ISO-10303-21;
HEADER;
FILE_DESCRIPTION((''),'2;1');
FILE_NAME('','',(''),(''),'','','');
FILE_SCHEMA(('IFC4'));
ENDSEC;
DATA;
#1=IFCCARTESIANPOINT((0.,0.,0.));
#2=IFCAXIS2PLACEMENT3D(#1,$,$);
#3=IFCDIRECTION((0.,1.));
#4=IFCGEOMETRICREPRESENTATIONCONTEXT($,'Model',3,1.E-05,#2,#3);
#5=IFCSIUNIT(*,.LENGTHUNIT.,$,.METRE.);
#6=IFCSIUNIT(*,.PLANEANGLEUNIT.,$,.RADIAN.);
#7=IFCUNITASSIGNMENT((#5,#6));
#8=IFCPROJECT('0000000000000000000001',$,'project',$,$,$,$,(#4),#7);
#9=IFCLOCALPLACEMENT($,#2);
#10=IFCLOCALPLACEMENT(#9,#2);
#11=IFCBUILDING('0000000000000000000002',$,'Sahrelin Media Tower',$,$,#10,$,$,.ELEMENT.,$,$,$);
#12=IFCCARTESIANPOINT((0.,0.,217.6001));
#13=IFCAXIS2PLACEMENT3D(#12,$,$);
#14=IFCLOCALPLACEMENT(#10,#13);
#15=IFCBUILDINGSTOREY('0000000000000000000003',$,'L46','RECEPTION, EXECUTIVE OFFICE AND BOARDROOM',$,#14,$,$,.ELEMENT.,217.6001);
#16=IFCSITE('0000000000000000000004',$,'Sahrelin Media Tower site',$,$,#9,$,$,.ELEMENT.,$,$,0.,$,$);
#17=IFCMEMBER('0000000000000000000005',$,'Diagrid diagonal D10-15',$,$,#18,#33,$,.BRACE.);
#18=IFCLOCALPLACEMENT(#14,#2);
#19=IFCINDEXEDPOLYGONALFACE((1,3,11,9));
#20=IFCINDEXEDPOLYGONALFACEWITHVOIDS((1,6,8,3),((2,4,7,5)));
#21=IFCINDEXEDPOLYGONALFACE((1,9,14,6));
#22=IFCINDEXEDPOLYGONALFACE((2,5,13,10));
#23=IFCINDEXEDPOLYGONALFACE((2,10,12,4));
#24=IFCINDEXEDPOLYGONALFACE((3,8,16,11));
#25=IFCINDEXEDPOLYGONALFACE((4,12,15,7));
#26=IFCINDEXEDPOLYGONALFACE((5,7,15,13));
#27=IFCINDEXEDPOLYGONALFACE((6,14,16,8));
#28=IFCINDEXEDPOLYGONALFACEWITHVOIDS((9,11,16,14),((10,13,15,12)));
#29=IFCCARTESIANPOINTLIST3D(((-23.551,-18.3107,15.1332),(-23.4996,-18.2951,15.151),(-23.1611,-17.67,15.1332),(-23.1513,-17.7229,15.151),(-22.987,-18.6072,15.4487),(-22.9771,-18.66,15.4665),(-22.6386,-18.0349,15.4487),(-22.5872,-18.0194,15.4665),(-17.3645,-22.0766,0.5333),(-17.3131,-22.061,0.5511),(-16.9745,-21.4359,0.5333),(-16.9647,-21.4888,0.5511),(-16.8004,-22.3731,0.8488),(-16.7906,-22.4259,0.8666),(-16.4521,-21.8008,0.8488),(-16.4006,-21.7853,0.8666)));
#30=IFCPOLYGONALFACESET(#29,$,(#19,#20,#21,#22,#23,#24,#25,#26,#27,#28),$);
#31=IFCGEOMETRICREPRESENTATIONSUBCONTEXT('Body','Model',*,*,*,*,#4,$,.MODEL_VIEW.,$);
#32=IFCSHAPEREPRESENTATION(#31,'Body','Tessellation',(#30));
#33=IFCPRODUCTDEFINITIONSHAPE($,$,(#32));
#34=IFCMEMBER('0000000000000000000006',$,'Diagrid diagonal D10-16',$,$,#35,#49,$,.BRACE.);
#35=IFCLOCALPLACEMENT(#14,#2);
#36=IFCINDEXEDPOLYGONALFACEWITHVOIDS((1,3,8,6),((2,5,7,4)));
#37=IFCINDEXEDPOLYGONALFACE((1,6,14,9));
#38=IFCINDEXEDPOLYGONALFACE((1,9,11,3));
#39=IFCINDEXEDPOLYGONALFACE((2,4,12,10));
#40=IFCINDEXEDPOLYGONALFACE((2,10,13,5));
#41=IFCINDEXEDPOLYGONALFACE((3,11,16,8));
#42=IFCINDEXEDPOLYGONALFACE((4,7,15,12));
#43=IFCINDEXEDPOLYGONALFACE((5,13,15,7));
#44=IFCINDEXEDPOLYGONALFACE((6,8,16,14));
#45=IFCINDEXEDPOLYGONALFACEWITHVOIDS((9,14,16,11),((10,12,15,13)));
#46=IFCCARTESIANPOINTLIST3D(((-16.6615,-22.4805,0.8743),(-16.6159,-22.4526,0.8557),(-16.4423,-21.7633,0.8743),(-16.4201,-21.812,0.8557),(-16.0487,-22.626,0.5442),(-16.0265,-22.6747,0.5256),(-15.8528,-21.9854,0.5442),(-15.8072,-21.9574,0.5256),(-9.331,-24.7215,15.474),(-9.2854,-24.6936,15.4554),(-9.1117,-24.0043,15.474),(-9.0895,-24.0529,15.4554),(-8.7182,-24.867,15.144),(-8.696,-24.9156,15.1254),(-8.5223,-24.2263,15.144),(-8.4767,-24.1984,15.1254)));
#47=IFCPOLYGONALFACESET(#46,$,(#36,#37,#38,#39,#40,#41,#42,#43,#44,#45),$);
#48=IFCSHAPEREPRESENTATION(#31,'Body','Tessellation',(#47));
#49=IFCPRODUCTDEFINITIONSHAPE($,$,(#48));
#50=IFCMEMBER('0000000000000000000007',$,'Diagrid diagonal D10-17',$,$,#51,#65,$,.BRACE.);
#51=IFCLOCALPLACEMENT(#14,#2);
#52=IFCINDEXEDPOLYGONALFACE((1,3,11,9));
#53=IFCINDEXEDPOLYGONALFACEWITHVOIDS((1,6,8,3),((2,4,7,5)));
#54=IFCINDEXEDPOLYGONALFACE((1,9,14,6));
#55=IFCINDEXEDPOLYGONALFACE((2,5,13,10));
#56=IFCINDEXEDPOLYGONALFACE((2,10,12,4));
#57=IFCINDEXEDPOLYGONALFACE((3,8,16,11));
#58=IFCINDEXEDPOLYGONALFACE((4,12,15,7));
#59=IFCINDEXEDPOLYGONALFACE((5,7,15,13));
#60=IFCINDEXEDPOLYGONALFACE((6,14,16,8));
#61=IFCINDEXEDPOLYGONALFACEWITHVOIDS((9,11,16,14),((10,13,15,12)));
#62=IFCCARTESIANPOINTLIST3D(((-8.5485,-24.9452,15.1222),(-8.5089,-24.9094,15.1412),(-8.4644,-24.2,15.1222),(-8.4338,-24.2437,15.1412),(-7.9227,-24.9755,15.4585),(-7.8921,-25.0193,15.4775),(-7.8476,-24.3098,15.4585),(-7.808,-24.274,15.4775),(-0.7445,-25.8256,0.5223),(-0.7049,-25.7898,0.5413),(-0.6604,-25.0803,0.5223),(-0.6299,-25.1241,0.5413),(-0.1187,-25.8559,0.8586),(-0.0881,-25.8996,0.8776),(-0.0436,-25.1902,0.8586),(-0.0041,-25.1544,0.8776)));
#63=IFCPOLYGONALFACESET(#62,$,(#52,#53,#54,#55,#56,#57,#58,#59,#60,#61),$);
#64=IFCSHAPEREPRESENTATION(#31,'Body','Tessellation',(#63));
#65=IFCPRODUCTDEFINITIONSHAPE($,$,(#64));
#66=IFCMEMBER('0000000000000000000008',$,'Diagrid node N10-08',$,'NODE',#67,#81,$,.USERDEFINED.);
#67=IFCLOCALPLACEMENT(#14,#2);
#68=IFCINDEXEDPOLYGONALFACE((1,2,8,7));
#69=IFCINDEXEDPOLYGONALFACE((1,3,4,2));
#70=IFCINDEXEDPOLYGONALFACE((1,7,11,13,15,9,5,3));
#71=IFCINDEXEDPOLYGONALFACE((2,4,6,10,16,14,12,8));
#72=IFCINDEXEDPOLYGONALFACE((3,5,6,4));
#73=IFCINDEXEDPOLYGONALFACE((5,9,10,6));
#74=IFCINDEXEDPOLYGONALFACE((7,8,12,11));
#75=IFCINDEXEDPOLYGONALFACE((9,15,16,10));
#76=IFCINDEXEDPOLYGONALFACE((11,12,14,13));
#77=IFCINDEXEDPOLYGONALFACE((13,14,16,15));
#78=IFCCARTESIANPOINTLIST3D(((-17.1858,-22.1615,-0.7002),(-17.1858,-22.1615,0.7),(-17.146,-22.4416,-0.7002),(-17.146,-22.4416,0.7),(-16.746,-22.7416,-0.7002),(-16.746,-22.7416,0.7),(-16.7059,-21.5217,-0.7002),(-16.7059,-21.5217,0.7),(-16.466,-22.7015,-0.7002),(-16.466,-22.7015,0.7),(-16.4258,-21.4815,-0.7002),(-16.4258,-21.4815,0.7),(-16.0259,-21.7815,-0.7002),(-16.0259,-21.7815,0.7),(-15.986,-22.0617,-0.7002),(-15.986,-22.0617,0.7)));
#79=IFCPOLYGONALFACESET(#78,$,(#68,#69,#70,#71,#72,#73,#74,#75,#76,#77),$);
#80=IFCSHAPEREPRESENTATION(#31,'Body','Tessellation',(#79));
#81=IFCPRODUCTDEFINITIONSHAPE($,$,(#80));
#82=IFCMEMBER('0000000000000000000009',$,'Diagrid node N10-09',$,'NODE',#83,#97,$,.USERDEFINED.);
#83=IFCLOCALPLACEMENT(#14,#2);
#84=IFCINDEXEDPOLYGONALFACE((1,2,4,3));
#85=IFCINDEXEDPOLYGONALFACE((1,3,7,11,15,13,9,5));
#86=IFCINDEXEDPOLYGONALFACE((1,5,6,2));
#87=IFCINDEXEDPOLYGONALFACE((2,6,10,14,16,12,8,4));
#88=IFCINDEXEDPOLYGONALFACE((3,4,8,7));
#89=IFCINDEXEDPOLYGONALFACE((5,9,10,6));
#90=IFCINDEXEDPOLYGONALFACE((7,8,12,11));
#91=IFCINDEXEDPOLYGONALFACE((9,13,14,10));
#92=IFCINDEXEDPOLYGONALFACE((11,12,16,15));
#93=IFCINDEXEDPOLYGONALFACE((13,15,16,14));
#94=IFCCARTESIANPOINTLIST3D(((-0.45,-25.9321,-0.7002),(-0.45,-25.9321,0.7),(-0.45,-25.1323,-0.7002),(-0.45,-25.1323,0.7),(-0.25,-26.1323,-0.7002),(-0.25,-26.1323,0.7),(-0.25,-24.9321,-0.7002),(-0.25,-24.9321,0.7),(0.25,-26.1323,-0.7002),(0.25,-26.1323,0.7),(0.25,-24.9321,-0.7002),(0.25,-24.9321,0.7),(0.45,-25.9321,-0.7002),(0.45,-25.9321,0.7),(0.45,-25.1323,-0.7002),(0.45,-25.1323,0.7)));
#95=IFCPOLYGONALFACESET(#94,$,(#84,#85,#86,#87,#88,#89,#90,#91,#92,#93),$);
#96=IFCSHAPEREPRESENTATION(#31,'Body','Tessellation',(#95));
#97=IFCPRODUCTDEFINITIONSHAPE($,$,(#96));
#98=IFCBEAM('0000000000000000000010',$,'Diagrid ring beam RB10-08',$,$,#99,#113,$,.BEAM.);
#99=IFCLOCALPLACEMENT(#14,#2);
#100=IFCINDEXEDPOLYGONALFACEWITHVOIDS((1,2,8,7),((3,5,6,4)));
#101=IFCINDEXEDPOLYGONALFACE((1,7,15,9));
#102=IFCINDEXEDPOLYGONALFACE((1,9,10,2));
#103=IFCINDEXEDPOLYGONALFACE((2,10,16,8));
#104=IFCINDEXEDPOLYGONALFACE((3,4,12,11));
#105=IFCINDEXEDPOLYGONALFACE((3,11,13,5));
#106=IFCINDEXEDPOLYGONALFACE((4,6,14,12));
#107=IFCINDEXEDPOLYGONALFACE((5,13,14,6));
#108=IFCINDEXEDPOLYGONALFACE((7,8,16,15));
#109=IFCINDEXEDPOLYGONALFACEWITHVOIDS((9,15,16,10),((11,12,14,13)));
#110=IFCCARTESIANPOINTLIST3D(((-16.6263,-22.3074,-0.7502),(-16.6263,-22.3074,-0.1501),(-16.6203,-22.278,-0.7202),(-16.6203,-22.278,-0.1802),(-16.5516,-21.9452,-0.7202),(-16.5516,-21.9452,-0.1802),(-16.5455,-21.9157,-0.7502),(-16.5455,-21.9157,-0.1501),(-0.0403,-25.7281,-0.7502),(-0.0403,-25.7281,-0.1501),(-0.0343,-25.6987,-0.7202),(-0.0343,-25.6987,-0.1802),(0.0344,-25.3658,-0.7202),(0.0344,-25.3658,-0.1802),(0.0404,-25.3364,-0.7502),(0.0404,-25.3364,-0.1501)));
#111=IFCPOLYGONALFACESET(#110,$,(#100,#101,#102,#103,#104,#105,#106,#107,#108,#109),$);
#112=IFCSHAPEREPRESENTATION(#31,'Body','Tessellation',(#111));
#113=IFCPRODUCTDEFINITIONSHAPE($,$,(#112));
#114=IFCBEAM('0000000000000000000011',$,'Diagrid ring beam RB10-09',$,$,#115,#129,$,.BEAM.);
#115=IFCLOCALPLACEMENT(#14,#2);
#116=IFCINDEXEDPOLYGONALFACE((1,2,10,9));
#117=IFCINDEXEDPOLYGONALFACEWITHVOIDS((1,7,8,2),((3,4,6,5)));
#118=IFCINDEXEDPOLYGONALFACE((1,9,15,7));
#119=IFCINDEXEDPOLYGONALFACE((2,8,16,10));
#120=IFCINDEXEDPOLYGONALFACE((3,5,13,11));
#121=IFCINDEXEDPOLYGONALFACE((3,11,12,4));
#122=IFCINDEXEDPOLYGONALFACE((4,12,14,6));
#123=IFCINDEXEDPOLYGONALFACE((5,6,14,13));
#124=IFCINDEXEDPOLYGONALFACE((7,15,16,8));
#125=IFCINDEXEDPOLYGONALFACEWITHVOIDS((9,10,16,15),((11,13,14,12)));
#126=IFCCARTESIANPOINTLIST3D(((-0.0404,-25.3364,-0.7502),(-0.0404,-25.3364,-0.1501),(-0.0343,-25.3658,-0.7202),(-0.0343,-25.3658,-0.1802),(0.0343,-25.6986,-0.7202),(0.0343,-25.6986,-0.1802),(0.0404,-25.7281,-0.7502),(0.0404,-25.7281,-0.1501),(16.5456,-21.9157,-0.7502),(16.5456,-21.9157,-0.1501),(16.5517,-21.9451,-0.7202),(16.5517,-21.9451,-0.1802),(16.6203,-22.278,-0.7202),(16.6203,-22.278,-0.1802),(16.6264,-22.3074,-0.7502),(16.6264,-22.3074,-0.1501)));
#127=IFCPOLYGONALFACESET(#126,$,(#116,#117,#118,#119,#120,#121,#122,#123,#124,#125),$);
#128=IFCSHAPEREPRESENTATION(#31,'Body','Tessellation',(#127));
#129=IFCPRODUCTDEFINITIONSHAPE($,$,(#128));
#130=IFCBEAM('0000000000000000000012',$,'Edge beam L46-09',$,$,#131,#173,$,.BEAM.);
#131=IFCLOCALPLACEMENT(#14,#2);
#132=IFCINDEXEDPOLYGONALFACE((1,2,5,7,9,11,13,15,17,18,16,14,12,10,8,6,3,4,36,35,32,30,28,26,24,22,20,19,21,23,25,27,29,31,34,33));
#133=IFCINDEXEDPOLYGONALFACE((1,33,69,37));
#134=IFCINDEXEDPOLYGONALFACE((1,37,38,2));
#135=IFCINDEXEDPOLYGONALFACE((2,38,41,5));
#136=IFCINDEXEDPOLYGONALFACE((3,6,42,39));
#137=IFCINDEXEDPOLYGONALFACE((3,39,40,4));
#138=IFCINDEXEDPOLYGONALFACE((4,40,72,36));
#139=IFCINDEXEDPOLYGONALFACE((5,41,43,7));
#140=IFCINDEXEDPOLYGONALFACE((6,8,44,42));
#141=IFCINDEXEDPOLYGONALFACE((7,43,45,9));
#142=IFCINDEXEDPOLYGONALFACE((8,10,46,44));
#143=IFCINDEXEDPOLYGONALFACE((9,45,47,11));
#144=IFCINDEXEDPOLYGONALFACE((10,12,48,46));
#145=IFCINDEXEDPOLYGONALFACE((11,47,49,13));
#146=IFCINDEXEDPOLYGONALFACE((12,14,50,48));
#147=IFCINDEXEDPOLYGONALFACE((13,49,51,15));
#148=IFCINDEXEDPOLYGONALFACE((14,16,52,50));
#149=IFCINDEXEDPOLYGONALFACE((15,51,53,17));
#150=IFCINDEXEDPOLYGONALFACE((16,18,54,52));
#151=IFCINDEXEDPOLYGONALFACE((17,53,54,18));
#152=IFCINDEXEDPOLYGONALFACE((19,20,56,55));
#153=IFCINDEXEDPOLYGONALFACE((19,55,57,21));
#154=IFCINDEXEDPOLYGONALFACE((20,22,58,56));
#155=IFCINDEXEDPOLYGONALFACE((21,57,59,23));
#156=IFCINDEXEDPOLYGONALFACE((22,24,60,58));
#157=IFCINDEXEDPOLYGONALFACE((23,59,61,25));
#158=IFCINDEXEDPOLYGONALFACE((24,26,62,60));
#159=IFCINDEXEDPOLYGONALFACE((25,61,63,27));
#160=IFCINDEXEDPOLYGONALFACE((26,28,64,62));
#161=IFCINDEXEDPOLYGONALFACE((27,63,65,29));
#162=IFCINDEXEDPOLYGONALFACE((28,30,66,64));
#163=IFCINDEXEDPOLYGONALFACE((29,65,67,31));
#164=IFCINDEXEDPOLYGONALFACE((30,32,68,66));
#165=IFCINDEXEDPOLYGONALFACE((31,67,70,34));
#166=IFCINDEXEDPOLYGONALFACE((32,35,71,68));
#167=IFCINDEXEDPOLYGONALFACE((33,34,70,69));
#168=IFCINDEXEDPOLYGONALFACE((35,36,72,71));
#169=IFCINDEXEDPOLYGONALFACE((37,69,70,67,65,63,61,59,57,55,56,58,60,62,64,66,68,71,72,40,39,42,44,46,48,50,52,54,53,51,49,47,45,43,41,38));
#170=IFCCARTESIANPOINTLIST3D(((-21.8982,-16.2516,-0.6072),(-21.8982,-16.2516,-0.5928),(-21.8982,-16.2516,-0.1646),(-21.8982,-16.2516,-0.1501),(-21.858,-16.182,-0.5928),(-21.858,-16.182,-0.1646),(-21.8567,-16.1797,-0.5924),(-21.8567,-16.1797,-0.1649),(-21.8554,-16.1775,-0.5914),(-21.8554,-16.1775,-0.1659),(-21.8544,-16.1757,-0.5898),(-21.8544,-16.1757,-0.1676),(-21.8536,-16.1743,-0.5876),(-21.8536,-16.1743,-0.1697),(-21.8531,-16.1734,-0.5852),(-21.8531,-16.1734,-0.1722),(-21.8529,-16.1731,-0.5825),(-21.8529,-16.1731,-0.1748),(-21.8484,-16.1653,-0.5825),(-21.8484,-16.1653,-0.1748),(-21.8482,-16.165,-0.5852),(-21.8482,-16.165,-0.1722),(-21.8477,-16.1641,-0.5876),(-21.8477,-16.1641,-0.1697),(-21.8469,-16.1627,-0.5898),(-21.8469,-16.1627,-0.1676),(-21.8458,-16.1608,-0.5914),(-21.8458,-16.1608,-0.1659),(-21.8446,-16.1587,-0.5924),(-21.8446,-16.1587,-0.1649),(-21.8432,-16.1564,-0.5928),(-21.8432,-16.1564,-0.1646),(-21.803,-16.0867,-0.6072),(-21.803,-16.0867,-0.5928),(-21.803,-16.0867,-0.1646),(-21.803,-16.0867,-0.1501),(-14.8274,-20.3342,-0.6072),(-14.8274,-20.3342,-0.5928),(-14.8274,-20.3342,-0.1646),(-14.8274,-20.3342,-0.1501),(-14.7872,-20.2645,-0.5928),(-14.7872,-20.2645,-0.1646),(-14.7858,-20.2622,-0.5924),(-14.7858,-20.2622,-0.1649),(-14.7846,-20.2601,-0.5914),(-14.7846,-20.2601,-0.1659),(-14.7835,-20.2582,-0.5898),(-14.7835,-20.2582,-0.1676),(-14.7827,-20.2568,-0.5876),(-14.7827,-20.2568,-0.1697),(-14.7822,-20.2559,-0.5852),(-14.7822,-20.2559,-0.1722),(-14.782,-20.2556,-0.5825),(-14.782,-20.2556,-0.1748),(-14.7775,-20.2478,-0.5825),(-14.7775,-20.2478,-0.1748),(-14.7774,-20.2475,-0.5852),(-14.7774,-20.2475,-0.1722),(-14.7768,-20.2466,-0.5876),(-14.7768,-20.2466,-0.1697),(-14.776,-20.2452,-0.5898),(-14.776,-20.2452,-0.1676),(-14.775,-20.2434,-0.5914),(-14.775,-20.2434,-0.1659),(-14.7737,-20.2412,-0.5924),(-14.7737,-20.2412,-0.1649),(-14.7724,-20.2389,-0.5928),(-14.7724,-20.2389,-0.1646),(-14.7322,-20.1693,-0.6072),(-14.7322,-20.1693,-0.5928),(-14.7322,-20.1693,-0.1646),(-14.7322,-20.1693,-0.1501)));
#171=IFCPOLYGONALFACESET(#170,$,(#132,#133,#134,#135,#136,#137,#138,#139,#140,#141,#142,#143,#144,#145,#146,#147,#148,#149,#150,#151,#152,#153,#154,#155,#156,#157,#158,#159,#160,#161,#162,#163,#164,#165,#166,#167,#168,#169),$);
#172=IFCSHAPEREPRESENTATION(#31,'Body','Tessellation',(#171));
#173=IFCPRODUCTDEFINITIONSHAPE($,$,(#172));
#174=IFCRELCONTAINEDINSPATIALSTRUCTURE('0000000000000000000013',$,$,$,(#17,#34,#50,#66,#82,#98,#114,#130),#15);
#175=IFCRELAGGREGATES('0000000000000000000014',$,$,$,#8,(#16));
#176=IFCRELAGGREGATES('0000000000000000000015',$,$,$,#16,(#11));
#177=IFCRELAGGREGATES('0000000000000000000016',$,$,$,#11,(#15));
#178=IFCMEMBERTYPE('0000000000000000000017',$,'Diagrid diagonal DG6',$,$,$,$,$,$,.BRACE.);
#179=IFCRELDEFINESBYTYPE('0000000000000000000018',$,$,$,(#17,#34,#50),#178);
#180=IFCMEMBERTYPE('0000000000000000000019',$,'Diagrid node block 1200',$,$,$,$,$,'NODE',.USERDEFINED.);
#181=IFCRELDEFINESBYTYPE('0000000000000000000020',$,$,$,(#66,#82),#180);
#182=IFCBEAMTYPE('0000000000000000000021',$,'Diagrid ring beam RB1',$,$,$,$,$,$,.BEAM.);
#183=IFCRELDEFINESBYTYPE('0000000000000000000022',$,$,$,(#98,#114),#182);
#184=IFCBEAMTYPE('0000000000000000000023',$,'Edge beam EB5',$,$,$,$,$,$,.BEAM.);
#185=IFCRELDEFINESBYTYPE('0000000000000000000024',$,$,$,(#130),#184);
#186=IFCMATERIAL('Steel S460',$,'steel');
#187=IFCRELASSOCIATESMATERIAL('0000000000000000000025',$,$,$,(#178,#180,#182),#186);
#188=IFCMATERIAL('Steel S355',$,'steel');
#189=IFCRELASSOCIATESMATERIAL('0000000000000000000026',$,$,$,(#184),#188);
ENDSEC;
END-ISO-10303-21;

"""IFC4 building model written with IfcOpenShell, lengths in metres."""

from ifc_helpers import new_model, si_unit, direction, frame, origin, origin_2d, place, context, subcontext, project, spatial, polyline, hollow_rectangle, i_section, outline, extrude, material, material_profile, profile_set, type_object, element, save


model = new_model("IFC4")

# Units and contexts
model_context = context("Model", 3, precision=1e-05, world=origin(), true_north=direction((0.0, 1.0)))
body_context = subcontext(model_context, "Body", "Model", "MODEL_VIEW")
ifc_project = project(units=[si_unit("LENGTHUNIT", "METRE"), si_unit("PLANEANGLEUNIT", "RADIAN")], contexts=[model_context])

# Site, building, storey
site_placement = place(None, origin())
site = spatial("IfcSite", under=ifc_project, at=site_placement, Name="Sahrelin Media Tower site", CompositionType="ELEMENT", RefElevation=0.0)
building_placement = place(site_placement, origin())
building = spatial("IfcBuilding", under=site, at=building_placement, Name="Sahrelin Media Tower", CompositionType="ELEMENT")
storey_placement = place(building_placement, frame((0.0, 0.0, 217.6001)))
storey = spatial("IfcBuildingStorey", under=building, at=storey_placement, Name="L46", Description="RECEPTION, EXECUTIVE OFFICE AND BOARDROOM", CompositionType="ELEMENT", Elevation=217.6001)

# Members
ifc_material_1 = material(Name="Steel S460", Category="steel")
ifc_material_profile_1 = material_profile(ifc_material_1, hollow_rectangle(XDim=0.75, YDim=0.75, WallThickness=0.04, at=origin_2d()), Name="Diagrid diagonal DG6")
ifc_profile_set_1 = profile_set([ifc_material_profile_1], Name="Steel S460")
member_type_1 = type_object("IfcMemberType", Name="Diagrid diagonal DG6", PredefinedType="BRACE", material=ifc_profile_set_1)
member_1_placement = place(storey_placement, frame((-16.8826, -21.9309, 0.7), z_axis=(-0.379598, 0.231069, 0.89583), x_axis=(-0.519963, -0.854189, 0.0)))
element("IfcMember", 1, at=member_1_placement, inside=storey, type_object=member_type_1, Name="Diagrid diagonal D10-15", PredefinedType="BRACE", context=body_context, shape_type="SweptSolid", body=[
    extrude(hollow_rectangle(XDim=0.75, YDim=0.75, WallThickness=0.04, at=origin_2d()), origin(), (0.0, 0.0, 1.0), 16.2976),
])
member_2_placement = place(storey_placement, frame((-16.2344, -22.219, 0.7), z_axis=(0.44455, -0.1359, 0.885385), x_axis=(0.292346, 0.956312, 0.0)))
element("IfcMember", 2, at=member_2_placement, inside=storey, type_object=member_type_1, Name="Diagrid diagonal D10-16", PredefinedType="BRACE", context=body_context, shape_type="SweptSolid", body=[
    extrude(hollow_rectangle(XDim=0.75, YDim=0.75, WallThickness=0.04, at=origin_2d()), origin(), (0.0, 0.0, 1.0), 16.4897),
])
member_3_placement = place(storey_placement, frame((-0.3743, -25.49, 0.7), z_axis=(-0.47074, 0.053105, 0.880673), x_axis=(-0.1121, -0.993697, 0.0)))
element("IfcMember", 3, at=member_3_placement, inside=storey, type_object=member_type_1, Name="Diagrid diagonal D10-17", PredefinedType="BRACE", context=body_context, shape_type="SweptSolid", body=[
    extrude(hollow_rectangle(XDim=0.75, YDim=0.75, WallThickness=0.04, at=origin_2d()), origin(), (0.0, 0.0, 1.0), 16.5781),
])
ifc_material_profile_2 = material_profile(ifc_material_1, outline(polyline([(0.3999, -0.45), (0.6001, -0.25), (0.6001, 0.25), (0.3999, 0.45), (-0.3999, 0.45), (-0.6001, 0.25), (-0.6001, -0.25), (-0.3999, -0.45), (0.3999, -0.45)])), Name="Diagrid node block 1200")
ifc_profile_set_2 = profile_set([ifc_material_profile_2], Name="Steel S460")
member_type_2 = type_object("IfcMemberType", Name="Diagrid node block 1200", ElementType="NODE", PredefinedType="USERDEFINED", material=ifc_profile_set_2)
for number, where, z_axis, x_axis, name in (
    (4, (-16.5859, -22.1116, -0.7002), (0.0, 0.0, 1.0), (-0.600053, -0.79996, 0.0), "Diagrid node N10-08"),
    (5, (0.0, -25.5322, -0.7002), (0.0, 0.0, 1.0), (0.0, -1.0, 0.0), "Diagrid node N10-09"),
):
    element("IfcMember", number, at=place(storey_placement, frame(where, z_axis=z_axis, x_axis=x_axis)), inside=storey, type_object=member_type_2, Name=name, ObjectType="NODE", PredefinedType="USERDEFINED", context=body_context, shape_type="SweptSolid", body=[
        extrude(outline(polyline([(0.3999, -0.45), (0.6001, -0.25), (0.6001, 0.25), (0.3999, 0.45), (-0.3999, 0.45), (-0.6001, 0.25), (-0.6001, -0.25), (-0.3999, -0.45), (0.3999, -0.45)])), origin(), (0.0, 0.0, 1.0), 1.4001),
    ])

# Beams
ifc_material_profile_3 = material_profile(ifc_material_1, hollow_rectangle(XDim=0.3999, YDim=0.6001, WallThickness=0.03, at=origin_2d()), Name="Diagrid ring beam RB1")
ifc_profile_set_3 = profile_set([ifc_material_profile_3], Name="Steel S460")
beam_type_1 = type_object("IfcBeamType", Name="Diagrid ring beam RB1", PredefinedType="BEAM", material=ifc_profile_set_3)
for number, where, z_axis, x_axis, name in (
    (6, (-16.5859, -22.1116, -0.4502), (0.979388, -0.201987, 0.0), (0.201987, 0.979388, 0.0), "Diagrid ring beam RB10-08"),
    (7, (0.0, -25.5322, -0.4502), (0.979388, 0.201987, 0.0), (-0.201987, 0.979388, 0.0), "Diagrid ring beam RB10-09"),
):
    element("IfcBeam", number, at=place(storey_placement, frame(where, z_axis=z_axis, x_axis=x_axis)), inside=storey, type_object=beam_type_1, Name=name, PredefinedType="BEAM", context=body_context, shape_type="SweptSolid", body=[
        extrude(hollow_rectangle(XDim=0.3999, YDim=0.6001, WallThickness=0.03, at=origin_2d()), origin(), (0.0, 0.0, 1.0), 16.9351),
    ])
ifc_material_2 = material(Name="Steel S355", Category="steel")
ifc_material_profile_4 = material_profile(ifc_material_2, i_section(OverallWidth=0.1904, OverallDepth=0.457, WebThickness=0.009, FlangeThickness=0.0144, FilletRadius=0.0103, at=origin_2d()), Name="UB 457x191x74")
ifc_profile_set_4 = profile_set([ifc_material_profile_4], Name="Steel S355")
beam_type_2 = type_object("IfcBeamType", Name="Edge beam EB5", PredefinedType="BEAM", material=ifc_profile_set_4)
beam_1_placement = place(storey_placement, frame((-14.7798, -20.2517, -0.3787), z_axis=(-0.866015, 0.500018, 0.0), x_axis=(-0.500018, -0.866015, 0.0)))
element("IfcBeam", 8, at=beam_1_placement, inside=storey, type_object=beam_type_2, Name="Edge beam L46-09", PredefinedType="BEAM", context=body_context, shape_type="SweptSolid", body=[
    extrude(i_section(OverallWidth=0.1904, OverallDepth=0.457, WebThickness=0.009, FlangeThickness=0.0144, FilletRadius=0.0103, at=origin_2d()), origin(), (0.0, 0.0, 1.0), 8.1648),
])

save(model, "model.ifc")
